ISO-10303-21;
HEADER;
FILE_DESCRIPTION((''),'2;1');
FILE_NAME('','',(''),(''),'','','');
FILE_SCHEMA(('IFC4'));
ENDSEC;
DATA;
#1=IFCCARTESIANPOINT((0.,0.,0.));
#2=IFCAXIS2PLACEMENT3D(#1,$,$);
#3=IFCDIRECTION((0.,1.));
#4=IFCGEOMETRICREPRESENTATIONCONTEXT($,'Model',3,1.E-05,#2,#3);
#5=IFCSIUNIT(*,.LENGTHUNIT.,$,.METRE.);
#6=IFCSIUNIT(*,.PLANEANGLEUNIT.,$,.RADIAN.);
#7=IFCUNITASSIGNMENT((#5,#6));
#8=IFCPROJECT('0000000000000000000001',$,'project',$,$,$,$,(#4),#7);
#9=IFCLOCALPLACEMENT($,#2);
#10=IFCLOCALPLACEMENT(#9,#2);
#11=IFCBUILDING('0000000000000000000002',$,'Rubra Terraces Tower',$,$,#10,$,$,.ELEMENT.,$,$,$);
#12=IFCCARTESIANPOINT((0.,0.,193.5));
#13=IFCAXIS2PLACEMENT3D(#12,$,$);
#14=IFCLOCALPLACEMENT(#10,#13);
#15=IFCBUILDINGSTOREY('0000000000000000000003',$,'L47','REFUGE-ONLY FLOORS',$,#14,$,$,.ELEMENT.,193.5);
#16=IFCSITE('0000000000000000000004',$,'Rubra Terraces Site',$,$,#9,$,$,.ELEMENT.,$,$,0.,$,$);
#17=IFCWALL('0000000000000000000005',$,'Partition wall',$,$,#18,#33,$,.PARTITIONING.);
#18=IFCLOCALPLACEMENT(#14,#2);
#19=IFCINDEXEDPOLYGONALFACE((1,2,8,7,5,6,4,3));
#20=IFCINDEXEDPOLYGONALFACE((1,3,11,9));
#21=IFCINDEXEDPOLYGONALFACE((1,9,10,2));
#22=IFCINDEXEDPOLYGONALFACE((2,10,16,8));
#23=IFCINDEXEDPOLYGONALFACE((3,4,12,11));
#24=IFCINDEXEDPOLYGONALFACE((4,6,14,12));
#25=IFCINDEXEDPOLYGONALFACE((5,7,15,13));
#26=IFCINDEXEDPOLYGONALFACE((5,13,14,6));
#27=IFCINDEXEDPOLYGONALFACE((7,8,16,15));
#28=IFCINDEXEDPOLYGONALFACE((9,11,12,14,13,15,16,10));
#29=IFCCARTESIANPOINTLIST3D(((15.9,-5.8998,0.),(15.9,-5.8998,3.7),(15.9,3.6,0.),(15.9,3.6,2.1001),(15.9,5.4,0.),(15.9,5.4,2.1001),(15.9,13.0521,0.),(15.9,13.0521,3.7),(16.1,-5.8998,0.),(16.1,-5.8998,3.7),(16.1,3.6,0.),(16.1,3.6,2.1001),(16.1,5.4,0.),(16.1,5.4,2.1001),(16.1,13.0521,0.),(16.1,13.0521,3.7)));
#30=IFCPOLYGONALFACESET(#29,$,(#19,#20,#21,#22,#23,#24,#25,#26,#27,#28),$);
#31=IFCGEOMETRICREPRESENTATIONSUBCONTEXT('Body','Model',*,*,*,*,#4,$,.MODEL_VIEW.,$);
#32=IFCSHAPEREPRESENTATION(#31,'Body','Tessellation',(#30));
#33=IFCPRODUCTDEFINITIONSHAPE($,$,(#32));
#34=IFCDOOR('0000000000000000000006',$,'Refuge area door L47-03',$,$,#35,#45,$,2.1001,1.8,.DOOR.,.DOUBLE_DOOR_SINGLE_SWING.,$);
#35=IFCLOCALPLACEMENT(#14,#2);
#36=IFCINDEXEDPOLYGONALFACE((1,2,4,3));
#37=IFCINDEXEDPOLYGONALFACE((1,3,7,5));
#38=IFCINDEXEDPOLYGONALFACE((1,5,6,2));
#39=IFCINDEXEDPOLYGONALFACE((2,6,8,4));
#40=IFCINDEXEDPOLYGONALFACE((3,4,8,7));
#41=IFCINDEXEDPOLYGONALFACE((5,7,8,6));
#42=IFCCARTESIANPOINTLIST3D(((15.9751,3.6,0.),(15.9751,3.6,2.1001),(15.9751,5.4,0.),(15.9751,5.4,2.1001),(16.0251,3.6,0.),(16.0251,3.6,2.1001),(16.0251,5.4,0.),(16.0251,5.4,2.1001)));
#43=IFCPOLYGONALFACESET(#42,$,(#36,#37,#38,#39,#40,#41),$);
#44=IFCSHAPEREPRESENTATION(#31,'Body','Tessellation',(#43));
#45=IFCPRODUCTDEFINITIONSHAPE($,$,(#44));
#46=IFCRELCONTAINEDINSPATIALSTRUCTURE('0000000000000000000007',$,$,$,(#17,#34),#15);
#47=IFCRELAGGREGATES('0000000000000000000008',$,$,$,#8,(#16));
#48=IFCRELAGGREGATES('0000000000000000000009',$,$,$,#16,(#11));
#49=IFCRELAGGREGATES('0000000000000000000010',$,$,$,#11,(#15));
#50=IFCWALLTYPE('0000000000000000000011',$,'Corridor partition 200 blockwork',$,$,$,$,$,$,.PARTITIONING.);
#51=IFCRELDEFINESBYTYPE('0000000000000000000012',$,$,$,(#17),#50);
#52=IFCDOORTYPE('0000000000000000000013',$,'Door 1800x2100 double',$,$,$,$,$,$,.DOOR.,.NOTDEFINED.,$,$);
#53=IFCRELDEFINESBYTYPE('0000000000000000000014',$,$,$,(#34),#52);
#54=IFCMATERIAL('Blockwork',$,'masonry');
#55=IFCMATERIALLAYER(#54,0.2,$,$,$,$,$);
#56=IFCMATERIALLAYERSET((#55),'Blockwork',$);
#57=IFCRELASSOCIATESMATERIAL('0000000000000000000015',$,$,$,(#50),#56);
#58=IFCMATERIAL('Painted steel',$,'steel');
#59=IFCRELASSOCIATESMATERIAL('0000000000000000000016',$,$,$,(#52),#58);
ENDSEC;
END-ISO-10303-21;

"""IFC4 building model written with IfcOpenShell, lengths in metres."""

from ifc_helpers import new_model, si_unit, direction, frame, frame_2d, origin, place, context, subcontext, project, spatial, rectangle, extrude, material, layer, layer_set, type_object, element, fill, save


model = new_model("IFC4")

# Units and contexts
model_context = context("Model", 3, precision=1e-05, world=origin(), true_north=direction((0.0, 1.0)))
body_context = subcontext(model_context, "Body", "Model", "MODEL_VIEW")
ifc_project = project(units=[si_unit("LENGTHUNIT", "METRE"), si_unit("PLANEANGLEUNIT", "RADIAN")], contexts=[model_context])

# Site, building, storey
site_placement = place(None, origin())
site = spatial("IfcSite", under=ifc_project, at=site_placement, Name="Rubra Terraces Site", CompositionType="ELEMENT", RefElevation=0.0)
building_placement = place(site_placement, origin())
building = spatial("IfcBuilding", under=site, at=building_placement, Name="Rubra Terraces Tower", CompositionType="ELEMENT")
storey_placement = place(building_placement, frame((0.0, 0.0, 193.5)))
storey = spatial("IfcBuildingStorey", under=building, at=storey_placement, Name="L47", Description="REFUGE-ONLY FLOORS", CompositionType="ELEMENT", Elevation=193.5)

# Shared definitions
ifc_material_1 = material(Name="Blockwork", Category="masonry")
ifc_layer_1 = layer(ifc_material_1, 0.2)
ifc_layer_set_1 = layer_set([ifc_layer_1], Name="Blockwork")
wall_type_1 = type_object("IfcWallType", Name="Corridor partition 200 blockwork", PredefinedType="PARTITIONING", material=ifc_layer_set_1)

# Wall, opening, door
wall_1_placement = place(storey_placement, frame((16.0, -5.8999, 0.0), z_axis=(0.0, 0.0, 1.0), x_axis=(0.0, 1.0, 0.0)))
wall_1 = element("IfcWall", 1, at=wall_1_placement, inside=storey, type_object=wall_type_1, Name="Partition wall", PredefinedType="PARTITIONING", context=body_context, shape_type="SweptSolid", body=[
    extrude(rectangle(XDim=18.9519, YDim=0.2, at=frame_2d((9.4761, 0.0))), origin(), (0.0, 0.0, 1.0), 3.7),
])
opening_1_placement = place(wall_1_placement, frame((9.5, 0.0, 0.0)))
opening_1 = element("IfcOpeningElement", 2, at=opening_1_placement, cuts=wall_1, PredefinedType="OPENING", context=body_context, shape_type="SweptSolid", body=[
    extrude(rectangle(XDim=1.8, YDim=2.1001, at=frame_2d((0.8999, 1.05))), frame((0.0, 0.1099, 0.0), z_axis=(0.0, -1.0, 0.0), x_axis=(1.0, 0.0, 0.0)), (0.0, 0.0, 1.0), 0.22),
])
ifc_material_2 = material(Name="Painted steel", Category="steel")
door_type = type_object("IfcDoorType", Name="Door 1800x2100 double", OperationType="NOTDEFINED", PredefinedType="DOOR", material=ifc_material_2)
door_placement = place(opening_1_placement, origin())
door = element("IfcDoor", 3, at=door_placement, inside=storey, type_object=door_type, Name="Refuge area door L47-03", OperationType="DOUBLE_DOOR_SINGLE_SWING", OverallHeight=2.1001, OverallWidth=1.8, PredefinedType="DOOR", context=body_context, shape_type="SweptSolid", body=[
    extrude(rectangle(XDim=1.8, YDim=2.1001, at=frame_2d((0.8999, 1.05))), frame((0.0, 0.0249, 0.0), z_axis=(0.0, -1.0, 0.0), x_axis=(1.0, 0.0, 0.0)), (0.0, 0.0, 1.0), 0.05),
])
fill(opening_1, door)

save(model, "model.ifc")
